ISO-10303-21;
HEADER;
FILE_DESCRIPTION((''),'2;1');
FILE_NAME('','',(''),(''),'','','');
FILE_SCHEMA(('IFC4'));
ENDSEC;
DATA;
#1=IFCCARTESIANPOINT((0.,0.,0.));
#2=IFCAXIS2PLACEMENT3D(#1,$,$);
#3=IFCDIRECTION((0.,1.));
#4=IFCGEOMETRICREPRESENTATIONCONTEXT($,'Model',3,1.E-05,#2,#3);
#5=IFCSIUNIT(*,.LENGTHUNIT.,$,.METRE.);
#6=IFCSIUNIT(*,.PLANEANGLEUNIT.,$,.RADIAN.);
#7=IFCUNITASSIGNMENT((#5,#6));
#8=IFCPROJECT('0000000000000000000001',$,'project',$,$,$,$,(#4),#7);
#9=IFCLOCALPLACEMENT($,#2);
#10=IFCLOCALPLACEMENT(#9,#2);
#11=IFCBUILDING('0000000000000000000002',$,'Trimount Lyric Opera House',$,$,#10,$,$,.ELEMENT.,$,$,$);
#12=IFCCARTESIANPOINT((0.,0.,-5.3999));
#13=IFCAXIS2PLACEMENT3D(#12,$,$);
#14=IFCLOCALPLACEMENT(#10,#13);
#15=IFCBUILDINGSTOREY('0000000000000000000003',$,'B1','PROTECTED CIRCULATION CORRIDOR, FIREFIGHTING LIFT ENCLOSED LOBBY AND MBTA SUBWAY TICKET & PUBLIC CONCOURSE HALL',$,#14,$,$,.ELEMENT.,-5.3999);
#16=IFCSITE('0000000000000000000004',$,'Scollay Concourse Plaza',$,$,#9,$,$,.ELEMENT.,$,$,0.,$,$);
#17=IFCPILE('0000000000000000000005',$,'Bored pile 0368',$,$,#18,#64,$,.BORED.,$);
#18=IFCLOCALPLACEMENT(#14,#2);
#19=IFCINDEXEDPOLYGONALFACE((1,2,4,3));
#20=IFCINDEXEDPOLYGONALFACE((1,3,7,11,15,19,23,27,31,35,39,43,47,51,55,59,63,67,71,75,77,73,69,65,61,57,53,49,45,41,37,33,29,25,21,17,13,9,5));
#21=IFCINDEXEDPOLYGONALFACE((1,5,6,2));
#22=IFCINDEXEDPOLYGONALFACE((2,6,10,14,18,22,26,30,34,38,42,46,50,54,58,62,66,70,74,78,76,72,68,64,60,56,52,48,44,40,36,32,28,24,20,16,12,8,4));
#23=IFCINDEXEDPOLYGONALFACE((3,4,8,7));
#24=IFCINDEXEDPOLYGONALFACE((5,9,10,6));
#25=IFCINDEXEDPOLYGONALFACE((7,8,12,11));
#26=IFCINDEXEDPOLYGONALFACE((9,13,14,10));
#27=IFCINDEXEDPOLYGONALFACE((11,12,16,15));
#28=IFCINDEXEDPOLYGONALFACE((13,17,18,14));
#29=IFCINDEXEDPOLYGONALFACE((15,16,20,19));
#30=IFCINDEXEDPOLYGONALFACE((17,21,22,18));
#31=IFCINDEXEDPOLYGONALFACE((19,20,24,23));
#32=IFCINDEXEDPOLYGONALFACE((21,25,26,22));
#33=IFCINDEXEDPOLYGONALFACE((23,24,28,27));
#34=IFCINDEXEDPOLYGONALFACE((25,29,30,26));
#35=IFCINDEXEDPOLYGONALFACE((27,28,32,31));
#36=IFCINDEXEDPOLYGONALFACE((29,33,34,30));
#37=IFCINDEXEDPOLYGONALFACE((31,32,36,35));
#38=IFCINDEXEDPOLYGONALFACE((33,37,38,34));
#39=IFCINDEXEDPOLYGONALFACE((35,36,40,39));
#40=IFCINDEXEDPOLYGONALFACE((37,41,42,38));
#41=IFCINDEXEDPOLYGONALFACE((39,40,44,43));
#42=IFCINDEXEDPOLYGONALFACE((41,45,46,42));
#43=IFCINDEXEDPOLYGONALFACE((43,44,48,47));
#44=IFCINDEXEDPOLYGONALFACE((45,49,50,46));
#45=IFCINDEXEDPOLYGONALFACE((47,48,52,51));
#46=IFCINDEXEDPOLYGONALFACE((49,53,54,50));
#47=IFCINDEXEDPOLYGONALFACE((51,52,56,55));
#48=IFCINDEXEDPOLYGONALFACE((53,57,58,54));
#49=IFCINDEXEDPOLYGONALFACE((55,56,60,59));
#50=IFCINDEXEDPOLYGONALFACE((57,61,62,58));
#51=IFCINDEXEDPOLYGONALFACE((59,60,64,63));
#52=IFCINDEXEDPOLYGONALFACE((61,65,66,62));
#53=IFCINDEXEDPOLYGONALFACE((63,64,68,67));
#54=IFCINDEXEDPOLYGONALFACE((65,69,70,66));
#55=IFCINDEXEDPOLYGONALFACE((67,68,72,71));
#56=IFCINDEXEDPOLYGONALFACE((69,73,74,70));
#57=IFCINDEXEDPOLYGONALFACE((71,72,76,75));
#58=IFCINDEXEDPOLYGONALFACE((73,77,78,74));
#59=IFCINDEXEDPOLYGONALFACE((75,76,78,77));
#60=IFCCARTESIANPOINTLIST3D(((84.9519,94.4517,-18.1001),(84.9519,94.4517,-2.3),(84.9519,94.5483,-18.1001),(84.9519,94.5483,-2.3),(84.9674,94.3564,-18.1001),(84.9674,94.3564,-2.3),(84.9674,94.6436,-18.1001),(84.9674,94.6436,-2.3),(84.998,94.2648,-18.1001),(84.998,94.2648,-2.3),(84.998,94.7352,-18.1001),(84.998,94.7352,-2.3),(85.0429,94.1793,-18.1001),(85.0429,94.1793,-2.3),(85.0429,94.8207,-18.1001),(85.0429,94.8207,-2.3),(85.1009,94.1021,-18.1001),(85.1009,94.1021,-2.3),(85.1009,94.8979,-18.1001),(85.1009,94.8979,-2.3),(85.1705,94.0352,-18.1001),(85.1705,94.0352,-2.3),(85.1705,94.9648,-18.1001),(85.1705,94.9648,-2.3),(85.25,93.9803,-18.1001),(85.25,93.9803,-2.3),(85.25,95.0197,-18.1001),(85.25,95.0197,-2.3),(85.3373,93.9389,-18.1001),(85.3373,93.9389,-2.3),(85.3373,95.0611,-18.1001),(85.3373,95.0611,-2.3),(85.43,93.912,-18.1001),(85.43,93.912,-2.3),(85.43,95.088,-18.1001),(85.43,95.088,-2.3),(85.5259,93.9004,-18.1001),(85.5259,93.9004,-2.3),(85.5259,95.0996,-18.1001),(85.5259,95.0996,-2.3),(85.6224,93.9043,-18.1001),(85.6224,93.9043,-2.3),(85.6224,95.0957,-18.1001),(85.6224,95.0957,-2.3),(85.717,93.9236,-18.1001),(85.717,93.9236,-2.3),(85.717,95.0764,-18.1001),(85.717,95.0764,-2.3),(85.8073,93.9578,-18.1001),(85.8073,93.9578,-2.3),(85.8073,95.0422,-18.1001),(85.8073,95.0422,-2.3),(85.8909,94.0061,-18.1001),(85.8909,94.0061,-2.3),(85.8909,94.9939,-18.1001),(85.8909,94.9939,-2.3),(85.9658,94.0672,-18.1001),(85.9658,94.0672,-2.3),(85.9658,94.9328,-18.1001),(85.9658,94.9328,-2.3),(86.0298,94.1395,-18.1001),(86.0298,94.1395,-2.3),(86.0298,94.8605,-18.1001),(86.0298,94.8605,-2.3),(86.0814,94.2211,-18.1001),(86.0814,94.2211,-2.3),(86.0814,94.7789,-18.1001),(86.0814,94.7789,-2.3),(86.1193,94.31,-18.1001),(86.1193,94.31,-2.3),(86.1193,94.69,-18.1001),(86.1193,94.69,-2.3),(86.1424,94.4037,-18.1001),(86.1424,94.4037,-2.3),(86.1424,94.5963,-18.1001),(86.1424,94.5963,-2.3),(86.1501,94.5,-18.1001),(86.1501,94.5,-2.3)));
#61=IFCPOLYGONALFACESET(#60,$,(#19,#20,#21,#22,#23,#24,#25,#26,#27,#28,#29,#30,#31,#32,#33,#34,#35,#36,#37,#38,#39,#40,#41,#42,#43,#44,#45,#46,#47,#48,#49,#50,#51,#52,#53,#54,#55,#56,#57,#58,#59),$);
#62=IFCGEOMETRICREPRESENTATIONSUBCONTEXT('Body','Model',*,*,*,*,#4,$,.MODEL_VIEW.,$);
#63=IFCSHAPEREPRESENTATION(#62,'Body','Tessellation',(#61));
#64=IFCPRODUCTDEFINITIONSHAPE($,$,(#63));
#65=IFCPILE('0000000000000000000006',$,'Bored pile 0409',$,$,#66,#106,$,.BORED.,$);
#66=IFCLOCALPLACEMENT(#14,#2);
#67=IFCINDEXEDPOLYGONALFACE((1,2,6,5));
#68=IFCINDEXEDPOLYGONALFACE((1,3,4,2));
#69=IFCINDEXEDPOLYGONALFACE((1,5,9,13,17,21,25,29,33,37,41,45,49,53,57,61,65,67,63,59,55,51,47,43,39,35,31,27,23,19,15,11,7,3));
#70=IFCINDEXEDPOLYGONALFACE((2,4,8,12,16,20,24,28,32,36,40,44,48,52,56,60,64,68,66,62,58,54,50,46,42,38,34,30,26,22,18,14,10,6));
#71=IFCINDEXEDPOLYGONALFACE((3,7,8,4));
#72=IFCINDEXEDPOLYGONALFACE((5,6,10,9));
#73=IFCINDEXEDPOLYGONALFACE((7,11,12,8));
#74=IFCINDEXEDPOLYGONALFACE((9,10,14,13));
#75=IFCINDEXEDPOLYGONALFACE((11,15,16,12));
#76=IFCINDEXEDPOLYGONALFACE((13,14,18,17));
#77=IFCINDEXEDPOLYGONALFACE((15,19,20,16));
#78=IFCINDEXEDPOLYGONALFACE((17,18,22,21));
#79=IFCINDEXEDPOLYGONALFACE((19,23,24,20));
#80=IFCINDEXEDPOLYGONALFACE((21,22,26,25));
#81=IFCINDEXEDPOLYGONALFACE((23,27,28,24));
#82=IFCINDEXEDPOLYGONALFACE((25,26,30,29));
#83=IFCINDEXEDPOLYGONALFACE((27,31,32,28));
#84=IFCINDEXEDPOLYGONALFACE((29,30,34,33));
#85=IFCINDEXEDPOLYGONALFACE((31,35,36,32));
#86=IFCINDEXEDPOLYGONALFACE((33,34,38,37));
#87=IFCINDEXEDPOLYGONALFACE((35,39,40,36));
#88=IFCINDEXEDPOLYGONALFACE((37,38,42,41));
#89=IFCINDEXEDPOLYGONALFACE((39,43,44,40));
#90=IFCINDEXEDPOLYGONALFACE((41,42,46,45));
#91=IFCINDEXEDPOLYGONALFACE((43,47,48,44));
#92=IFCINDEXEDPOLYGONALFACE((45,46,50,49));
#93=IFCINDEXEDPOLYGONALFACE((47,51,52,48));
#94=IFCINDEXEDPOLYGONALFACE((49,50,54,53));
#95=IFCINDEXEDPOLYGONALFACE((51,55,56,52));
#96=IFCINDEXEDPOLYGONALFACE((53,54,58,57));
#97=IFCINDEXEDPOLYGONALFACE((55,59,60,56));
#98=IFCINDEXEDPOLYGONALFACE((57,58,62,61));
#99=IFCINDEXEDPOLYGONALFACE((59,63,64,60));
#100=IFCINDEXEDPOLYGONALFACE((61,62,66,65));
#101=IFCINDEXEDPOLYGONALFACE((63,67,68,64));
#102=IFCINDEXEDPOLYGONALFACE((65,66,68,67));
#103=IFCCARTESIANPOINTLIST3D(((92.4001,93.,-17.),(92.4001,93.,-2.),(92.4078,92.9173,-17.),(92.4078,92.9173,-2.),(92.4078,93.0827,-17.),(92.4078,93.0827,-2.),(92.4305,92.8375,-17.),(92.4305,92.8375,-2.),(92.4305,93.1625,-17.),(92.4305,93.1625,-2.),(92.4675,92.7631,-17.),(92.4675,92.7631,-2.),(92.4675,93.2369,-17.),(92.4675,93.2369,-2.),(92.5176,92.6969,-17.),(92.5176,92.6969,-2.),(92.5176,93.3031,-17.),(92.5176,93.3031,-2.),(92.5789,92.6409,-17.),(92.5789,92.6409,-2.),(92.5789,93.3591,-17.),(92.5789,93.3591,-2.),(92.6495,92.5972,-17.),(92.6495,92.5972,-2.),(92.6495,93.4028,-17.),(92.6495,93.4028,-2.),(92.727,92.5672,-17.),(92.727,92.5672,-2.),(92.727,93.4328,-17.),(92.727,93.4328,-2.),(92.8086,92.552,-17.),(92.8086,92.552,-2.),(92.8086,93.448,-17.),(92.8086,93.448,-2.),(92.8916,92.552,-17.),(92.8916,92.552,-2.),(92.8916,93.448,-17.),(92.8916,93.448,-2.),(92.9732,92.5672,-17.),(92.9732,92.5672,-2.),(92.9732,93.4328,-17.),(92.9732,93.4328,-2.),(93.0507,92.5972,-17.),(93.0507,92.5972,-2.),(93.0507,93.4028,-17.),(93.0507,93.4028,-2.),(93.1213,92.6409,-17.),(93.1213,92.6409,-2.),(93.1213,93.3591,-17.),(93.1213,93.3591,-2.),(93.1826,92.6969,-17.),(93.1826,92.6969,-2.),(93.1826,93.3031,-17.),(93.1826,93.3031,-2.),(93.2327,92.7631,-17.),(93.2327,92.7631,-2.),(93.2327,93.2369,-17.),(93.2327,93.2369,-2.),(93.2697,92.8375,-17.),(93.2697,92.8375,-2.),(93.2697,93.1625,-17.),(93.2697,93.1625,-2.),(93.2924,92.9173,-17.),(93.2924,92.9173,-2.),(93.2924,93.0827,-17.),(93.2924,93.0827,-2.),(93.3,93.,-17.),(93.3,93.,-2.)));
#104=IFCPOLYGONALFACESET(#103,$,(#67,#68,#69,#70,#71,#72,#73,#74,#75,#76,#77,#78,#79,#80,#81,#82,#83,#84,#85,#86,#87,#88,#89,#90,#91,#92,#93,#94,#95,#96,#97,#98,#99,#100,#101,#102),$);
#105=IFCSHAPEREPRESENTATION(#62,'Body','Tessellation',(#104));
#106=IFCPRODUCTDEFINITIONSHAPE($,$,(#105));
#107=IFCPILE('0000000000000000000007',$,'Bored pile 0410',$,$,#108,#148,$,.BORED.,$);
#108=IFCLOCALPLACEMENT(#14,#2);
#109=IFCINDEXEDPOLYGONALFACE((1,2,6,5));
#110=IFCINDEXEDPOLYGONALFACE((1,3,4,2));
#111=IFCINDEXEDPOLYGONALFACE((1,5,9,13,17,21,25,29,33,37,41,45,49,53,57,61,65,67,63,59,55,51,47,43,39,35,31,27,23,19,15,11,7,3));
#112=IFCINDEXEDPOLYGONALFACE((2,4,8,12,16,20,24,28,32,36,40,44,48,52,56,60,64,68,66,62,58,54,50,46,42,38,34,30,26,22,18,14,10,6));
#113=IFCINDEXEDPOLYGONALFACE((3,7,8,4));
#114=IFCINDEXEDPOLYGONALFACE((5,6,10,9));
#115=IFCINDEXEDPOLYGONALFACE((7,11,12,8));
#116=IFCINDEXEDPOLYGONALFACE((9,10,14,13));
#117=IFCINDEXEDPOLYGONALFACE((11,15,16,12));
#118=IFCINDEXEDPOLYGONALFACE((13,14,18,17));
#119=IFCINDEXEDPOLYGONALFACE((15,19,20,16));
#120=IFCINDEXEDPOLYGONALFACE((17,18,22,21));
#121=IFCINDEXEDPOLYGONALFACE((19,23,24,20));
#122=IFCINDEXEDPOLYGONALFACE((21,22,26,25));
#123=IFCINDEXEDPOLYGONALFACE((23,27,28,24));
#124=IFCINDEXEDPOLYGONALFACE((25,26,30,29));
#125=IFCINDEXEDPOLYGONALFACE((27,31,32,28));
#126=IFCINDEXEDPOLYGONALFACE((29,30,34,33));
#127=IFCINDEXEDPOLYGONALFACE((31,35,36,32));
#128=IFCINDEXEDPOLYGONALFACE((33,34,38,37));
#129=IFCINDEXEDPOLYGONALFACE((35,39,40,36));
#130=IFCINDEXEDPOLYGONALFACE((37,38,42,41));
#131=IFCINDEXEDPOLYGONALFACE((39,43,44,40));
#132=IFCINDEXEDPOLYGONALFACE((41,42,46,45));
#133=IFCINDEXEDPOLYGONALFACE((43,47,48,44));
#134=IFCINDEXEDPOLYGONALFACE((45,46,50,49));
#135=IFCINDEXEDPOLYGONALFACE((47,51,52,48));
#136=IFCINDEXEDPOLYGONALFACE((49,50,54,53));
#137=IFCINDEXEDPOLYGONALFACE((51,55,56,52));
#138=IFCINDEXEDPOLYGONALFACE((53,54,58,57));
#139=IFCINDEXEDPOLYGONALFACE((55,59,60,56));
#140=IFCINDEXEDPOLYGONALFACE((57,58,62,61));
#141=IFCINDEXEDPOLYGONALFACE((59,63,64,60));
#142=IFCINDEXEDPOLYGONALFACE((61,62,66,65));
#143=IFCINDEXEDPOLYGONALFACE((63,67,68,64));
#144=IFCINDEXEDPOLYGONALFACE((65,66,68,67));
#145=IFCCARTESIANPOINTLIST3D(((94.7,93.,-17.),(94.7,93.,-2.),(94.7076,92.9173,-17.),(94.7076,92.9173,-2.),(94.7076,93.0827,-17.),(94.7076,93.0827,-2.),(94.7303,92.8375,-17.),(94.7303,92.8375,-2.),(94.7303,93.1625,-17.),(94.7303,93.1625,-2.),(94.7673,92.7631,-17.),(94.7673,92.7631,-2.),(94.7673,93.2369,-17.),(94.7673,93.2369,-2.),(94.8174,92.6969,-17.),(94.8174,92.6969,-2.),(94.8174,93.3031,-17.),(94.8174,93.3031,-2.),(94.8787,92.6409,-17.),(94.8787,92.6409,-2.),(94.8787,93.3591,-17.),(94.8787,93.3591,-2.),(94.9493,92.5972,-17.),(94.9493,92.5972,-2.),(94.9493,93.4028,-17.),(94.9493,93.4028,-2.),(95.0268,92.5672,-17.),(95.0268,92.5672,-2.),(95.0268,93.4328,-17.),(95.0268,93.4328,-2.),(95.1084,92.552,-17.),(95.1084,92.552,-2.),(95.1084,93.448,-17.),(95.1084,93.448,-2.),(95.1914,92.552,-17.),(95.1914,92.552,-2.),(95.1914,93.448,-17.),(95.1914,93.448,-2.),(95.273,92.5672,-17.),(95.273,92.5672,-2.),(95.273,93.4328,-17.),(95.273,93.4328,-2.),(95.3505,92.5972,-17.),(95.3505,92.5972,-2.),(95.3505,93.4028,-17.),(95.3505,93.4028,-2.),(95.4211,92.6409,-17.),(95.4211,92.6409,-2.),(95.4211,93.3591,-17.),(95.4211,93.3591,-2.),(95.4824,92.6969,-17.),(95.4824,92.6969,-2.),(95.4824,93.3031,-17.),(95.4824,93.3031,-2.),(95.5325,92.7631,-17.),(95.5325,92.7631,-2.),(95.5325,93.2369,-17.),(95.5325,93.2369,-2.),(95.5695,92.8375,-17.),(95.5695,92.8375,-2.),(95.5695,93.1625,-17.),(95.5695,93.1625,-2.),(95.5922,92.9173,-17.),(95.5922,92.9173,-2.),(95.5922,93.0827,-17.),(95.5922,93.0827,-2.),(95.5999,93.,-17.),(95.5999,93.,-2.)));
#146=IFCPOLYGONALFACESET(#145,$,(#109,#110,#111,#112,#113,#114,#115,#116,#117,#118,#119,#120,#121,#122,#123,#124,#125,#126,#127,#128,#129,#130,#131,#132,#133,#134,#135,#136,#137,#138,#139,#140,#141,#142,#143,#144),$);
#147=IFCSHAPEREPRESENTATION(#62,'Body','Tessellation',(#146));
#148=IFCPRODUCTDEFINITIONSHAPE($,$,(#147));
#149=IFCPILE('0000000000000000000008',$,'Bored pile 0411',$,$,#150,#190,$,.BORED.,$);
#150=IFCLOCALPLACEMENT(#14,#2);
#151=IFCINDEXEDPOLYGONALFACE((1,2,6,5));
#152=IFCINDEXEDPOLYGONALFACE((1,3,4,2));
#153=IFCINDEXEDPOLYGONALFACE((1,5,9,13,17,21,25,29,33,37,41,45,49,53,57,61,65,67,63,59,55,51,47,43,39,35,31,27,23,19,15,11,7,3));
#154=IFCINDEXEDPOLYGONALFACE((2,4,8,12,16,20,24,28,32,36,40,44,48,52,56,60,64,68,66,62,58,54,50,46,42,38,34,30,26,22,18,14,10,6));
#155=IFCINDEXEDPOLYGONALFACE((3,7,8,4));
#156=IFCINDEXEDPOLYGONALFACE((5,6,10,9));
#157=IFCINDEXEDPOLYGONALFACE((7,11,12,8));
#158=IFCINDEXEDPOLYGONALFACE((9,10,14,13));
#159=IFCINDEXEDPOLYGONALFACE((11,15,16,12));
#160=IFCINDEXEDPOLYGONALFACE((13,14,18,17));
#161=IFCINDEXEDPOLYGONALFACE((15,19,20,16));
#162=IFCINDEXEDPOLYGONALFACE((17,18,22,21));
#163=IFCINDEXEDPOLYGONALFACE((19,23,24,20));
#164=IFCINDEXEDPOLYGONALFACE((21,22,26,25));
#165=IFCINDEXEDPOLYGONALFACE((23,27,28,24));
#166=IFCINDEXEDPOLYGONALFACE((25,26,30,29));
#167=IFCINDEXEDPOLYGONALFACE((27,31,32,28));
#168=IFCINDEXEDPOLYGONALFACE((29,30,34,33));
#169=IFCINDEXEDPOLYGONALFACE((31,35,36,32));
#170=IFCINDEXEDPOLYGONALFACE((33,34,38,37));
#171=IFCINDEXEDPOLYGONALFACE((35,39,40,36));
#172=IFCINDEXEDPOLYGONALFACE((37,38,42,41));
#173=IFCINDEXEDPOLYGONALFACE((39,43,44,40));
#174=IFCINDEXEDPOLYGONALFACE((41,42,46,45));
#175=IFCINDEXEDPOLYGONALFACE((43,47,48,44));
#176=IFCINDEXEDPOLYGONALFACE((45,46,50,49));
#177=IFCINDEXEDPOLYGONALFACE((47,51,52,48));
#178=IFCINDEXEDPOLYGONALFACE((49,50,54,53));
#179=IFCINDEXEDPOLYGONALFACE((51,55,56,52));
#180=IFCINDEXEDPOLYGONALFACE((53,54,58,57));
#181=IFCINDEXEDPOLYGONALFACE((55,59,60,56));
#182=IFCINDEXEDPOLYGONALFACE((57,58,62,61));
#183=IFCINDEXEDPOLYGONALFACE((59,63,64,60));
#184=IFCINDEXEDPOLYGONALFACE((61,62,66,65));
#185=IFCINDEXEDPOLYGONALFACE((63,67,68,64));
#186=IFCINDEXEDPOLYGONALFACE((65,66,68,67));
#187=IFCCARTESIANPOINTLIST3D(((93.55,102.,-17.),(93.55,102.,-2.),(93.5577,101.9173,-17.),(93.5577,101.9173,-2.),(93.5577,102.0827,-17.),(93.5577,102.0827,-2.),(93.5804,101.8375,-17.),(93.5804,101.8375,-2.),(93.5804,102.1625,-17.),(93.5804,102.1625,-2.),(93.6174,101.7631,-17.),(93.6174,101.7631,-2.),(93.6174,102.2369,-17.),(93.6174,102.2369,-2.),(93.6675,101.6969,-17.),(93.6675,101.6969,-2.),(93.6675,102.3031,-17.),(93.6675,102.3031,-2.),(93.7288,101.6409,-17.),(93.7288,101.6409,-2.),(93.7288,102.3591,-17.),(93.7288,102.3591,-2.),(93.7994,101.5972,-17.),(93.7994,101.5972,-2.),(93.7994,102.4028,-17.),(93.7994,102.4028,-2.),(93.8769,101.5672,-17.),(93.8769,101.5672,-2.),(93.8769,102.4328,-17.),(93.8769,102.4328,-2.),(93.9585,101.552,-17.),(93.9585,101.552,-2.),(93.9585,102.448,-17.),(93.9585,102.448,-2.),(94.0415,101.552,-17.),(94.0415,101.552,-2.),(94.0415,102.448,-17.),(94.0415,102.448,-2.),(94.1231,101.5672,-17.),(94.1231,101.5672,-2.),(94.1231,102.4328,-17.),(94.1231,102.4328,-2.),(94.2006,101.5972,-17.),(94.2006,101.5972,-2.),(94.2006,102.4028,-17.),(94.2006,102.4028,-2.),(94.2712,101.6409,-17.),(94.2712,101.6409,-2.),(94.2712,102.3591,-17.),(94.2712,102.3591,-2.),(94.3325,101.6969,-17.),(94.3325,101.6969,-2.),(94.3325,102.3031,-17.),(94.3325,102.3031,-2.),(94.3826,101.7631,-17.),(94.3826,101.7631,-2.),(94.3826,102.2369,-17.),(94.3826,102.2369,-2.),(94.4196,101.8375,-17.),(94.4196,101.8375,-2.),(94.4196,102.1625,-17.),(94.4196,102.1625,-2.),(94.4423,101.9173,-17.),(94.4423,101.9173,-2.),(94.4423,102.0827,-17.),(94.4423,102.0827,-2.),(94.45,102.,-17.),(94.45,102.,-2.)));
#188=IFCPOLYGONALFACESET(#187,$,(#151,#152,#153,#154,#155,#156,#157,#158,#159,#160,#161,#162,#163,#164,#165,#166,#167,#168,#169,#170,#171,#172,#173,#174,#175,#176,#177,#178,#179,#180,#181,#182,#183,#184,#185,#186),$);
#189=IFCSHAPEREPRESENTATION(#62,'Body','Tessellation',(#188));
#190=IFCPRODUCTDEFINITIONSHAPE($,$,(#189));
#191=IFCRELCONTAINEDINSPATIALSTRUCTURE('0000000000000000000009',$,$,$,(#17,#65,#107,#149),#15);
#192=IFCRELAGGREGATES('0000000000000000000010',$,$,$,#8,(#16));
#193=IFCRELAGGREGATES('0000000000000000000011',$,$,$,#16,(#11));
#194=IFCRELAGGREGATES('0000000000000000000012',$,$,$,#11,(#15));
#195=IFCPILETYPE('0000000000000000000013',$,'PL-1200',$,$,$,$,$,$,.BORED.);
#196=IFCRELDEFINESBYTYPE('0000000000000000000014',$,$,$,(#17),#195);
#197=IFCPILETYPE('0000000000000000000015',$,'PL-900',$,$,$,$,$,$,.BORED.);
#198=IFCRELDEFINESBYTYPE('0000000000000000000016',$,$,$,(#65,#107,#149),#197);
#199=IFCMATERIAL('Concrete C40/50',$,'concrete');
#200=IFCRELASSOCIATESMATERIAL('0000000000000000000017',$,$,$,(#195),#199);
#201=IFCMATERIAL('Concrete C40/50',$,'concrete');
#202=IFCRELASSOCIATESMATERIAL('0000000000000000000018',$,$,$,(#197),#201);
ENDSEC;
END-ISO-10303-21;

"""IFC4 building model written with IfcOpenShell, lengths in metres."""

from ifc_helpers import new_model, si_unit, direction, frame, origin, origin_2d, place, context, subcontext, project, spatial, circle, extrude, material, material_profile, profile_set, type_object, element, save


model = new_model("IFC4")

# Units and contexts
model_context = context("Model", 3, precision=1e-05, world=origin(), true_north=direction((0.0, 1.0)))
body_context = subcontext(model_context, "Body", "Model", "MODEL_VIEW")
ifc_project = project(units=[si_unit("LENGTHUNIT", "METRE"), si_unit("PLANEANGLEUNIT", "RADIAN")], contexts=[model_context])

# Site, building, storey
site_placement = place(None, origin())
site = spatial("IfcSite", under=ifc_project, at=site_placement, Name="Scollay Concourse Plaza", CompositionType="ELEMENT", RefElevation=0.0)
building_placement = place(site_placement, origin())
building = spatial("IfcBuilding", under=site, at=building_placement, Name="Trimount Lyric Opera House", CompositionType="ELEMENT")
storey_placement = place(building_placement, frame((0.0, 0.0, -5.3999)))
storey = spatial("IfcBuildingStorey", under=building, at=storey_placement, Name="B1", Description="PROTECTED CIRCULATION CORRIDOR, FIREFIGHTING LIFT ENCLOSED LOBBY AND MBTA SUBWAY TICKET & PUBLIC CONCOURSE HALL", CompositionType="ELEMENT", Elevation=-5.3999)

# Piles
ifc_material_1 = material(Name="Concrete C40/50", Category="concrete")
ifc_material_profile_1 = material_profile(ifc_material_1, circle(Radius=0.6001, at=origin_2d()), Name="PILE-D1200")
ifc_profile_set_1 = profile_set([ifc_material_profile_1], Name="Concrete C40/50")
pile_type_1 = type_object("IfcPileType", Name="PL-1200", PredefinedType="BORED", material=ifc_profile_set_1)
for number, where, z_axis, x_axis, name in (
    (1, (85.55, 94.5, -2.3), (0.0, 0.0, -1.0), (1.0, 0.0, 0.0), "Bored pile 0368"),
):
    element("IfcPile", number, at=place(storey_placement, frame(where, z_axis=z_axis, x_axis=x_axis)), inside=storey, type_object=pile_type_1, Name=name, PredefinedType="BORED", context=body_context, shape_type="SweptSolid", body=[
        extrude(circle(Radius=0.6001, at=origin_2d()), origin(), (0.0, 0.0, 1.0), 15.8),
    ])
ifc_material_2 = material(Name="Concrete C40/50", Category="concrete")
ifc_material_profile_2 = material_profile(ifc_material_2, circle(Radius=0.45, at=origin_2d()), Name="PILE-D900")
ifc_profile_set_2 = profile_set([ifc_material_profile_2], Name="Concrete C40/50")
pile_type_2 = type_object("IfcPileType", Name="PL-900", PredefinedType="BORED", material=ifc_profile_set_2)
for number, where, z_axis, x_axis, name in (
    (2, (92.8501, 93.0, -2.0), (0.0, 0.0, -1.0), (1.0, 0.0, 0.0), "Bored pile 0409"),
    (3, (95.1499, 93.0, -2.0), (0.0, 0.0, -1.0), (1.0, 0.0, 0.0), "Bored pile 0410"),
    (4, (94.0, 102.0, -2.0), (0.0, 0.0, -1.0), (1.0, 0.0, 0.0), "Bored pile 0411"),
):
    element("IfcPile", number, at=place(storey_placement, frame(where, z_axis=z_axis, x_axis=x_axis)), inside=storey, type_object=pile_type_2, Name=name, PredefinedType="BORED", context=body_context, shape_type="SweptSolid", body=[
        extrude(circle(Radius=0.45, at=origin_2d()), origin(), (0.0, 0.0, 1.0), 15.0),
    ])

save(model, "model.ifc")
